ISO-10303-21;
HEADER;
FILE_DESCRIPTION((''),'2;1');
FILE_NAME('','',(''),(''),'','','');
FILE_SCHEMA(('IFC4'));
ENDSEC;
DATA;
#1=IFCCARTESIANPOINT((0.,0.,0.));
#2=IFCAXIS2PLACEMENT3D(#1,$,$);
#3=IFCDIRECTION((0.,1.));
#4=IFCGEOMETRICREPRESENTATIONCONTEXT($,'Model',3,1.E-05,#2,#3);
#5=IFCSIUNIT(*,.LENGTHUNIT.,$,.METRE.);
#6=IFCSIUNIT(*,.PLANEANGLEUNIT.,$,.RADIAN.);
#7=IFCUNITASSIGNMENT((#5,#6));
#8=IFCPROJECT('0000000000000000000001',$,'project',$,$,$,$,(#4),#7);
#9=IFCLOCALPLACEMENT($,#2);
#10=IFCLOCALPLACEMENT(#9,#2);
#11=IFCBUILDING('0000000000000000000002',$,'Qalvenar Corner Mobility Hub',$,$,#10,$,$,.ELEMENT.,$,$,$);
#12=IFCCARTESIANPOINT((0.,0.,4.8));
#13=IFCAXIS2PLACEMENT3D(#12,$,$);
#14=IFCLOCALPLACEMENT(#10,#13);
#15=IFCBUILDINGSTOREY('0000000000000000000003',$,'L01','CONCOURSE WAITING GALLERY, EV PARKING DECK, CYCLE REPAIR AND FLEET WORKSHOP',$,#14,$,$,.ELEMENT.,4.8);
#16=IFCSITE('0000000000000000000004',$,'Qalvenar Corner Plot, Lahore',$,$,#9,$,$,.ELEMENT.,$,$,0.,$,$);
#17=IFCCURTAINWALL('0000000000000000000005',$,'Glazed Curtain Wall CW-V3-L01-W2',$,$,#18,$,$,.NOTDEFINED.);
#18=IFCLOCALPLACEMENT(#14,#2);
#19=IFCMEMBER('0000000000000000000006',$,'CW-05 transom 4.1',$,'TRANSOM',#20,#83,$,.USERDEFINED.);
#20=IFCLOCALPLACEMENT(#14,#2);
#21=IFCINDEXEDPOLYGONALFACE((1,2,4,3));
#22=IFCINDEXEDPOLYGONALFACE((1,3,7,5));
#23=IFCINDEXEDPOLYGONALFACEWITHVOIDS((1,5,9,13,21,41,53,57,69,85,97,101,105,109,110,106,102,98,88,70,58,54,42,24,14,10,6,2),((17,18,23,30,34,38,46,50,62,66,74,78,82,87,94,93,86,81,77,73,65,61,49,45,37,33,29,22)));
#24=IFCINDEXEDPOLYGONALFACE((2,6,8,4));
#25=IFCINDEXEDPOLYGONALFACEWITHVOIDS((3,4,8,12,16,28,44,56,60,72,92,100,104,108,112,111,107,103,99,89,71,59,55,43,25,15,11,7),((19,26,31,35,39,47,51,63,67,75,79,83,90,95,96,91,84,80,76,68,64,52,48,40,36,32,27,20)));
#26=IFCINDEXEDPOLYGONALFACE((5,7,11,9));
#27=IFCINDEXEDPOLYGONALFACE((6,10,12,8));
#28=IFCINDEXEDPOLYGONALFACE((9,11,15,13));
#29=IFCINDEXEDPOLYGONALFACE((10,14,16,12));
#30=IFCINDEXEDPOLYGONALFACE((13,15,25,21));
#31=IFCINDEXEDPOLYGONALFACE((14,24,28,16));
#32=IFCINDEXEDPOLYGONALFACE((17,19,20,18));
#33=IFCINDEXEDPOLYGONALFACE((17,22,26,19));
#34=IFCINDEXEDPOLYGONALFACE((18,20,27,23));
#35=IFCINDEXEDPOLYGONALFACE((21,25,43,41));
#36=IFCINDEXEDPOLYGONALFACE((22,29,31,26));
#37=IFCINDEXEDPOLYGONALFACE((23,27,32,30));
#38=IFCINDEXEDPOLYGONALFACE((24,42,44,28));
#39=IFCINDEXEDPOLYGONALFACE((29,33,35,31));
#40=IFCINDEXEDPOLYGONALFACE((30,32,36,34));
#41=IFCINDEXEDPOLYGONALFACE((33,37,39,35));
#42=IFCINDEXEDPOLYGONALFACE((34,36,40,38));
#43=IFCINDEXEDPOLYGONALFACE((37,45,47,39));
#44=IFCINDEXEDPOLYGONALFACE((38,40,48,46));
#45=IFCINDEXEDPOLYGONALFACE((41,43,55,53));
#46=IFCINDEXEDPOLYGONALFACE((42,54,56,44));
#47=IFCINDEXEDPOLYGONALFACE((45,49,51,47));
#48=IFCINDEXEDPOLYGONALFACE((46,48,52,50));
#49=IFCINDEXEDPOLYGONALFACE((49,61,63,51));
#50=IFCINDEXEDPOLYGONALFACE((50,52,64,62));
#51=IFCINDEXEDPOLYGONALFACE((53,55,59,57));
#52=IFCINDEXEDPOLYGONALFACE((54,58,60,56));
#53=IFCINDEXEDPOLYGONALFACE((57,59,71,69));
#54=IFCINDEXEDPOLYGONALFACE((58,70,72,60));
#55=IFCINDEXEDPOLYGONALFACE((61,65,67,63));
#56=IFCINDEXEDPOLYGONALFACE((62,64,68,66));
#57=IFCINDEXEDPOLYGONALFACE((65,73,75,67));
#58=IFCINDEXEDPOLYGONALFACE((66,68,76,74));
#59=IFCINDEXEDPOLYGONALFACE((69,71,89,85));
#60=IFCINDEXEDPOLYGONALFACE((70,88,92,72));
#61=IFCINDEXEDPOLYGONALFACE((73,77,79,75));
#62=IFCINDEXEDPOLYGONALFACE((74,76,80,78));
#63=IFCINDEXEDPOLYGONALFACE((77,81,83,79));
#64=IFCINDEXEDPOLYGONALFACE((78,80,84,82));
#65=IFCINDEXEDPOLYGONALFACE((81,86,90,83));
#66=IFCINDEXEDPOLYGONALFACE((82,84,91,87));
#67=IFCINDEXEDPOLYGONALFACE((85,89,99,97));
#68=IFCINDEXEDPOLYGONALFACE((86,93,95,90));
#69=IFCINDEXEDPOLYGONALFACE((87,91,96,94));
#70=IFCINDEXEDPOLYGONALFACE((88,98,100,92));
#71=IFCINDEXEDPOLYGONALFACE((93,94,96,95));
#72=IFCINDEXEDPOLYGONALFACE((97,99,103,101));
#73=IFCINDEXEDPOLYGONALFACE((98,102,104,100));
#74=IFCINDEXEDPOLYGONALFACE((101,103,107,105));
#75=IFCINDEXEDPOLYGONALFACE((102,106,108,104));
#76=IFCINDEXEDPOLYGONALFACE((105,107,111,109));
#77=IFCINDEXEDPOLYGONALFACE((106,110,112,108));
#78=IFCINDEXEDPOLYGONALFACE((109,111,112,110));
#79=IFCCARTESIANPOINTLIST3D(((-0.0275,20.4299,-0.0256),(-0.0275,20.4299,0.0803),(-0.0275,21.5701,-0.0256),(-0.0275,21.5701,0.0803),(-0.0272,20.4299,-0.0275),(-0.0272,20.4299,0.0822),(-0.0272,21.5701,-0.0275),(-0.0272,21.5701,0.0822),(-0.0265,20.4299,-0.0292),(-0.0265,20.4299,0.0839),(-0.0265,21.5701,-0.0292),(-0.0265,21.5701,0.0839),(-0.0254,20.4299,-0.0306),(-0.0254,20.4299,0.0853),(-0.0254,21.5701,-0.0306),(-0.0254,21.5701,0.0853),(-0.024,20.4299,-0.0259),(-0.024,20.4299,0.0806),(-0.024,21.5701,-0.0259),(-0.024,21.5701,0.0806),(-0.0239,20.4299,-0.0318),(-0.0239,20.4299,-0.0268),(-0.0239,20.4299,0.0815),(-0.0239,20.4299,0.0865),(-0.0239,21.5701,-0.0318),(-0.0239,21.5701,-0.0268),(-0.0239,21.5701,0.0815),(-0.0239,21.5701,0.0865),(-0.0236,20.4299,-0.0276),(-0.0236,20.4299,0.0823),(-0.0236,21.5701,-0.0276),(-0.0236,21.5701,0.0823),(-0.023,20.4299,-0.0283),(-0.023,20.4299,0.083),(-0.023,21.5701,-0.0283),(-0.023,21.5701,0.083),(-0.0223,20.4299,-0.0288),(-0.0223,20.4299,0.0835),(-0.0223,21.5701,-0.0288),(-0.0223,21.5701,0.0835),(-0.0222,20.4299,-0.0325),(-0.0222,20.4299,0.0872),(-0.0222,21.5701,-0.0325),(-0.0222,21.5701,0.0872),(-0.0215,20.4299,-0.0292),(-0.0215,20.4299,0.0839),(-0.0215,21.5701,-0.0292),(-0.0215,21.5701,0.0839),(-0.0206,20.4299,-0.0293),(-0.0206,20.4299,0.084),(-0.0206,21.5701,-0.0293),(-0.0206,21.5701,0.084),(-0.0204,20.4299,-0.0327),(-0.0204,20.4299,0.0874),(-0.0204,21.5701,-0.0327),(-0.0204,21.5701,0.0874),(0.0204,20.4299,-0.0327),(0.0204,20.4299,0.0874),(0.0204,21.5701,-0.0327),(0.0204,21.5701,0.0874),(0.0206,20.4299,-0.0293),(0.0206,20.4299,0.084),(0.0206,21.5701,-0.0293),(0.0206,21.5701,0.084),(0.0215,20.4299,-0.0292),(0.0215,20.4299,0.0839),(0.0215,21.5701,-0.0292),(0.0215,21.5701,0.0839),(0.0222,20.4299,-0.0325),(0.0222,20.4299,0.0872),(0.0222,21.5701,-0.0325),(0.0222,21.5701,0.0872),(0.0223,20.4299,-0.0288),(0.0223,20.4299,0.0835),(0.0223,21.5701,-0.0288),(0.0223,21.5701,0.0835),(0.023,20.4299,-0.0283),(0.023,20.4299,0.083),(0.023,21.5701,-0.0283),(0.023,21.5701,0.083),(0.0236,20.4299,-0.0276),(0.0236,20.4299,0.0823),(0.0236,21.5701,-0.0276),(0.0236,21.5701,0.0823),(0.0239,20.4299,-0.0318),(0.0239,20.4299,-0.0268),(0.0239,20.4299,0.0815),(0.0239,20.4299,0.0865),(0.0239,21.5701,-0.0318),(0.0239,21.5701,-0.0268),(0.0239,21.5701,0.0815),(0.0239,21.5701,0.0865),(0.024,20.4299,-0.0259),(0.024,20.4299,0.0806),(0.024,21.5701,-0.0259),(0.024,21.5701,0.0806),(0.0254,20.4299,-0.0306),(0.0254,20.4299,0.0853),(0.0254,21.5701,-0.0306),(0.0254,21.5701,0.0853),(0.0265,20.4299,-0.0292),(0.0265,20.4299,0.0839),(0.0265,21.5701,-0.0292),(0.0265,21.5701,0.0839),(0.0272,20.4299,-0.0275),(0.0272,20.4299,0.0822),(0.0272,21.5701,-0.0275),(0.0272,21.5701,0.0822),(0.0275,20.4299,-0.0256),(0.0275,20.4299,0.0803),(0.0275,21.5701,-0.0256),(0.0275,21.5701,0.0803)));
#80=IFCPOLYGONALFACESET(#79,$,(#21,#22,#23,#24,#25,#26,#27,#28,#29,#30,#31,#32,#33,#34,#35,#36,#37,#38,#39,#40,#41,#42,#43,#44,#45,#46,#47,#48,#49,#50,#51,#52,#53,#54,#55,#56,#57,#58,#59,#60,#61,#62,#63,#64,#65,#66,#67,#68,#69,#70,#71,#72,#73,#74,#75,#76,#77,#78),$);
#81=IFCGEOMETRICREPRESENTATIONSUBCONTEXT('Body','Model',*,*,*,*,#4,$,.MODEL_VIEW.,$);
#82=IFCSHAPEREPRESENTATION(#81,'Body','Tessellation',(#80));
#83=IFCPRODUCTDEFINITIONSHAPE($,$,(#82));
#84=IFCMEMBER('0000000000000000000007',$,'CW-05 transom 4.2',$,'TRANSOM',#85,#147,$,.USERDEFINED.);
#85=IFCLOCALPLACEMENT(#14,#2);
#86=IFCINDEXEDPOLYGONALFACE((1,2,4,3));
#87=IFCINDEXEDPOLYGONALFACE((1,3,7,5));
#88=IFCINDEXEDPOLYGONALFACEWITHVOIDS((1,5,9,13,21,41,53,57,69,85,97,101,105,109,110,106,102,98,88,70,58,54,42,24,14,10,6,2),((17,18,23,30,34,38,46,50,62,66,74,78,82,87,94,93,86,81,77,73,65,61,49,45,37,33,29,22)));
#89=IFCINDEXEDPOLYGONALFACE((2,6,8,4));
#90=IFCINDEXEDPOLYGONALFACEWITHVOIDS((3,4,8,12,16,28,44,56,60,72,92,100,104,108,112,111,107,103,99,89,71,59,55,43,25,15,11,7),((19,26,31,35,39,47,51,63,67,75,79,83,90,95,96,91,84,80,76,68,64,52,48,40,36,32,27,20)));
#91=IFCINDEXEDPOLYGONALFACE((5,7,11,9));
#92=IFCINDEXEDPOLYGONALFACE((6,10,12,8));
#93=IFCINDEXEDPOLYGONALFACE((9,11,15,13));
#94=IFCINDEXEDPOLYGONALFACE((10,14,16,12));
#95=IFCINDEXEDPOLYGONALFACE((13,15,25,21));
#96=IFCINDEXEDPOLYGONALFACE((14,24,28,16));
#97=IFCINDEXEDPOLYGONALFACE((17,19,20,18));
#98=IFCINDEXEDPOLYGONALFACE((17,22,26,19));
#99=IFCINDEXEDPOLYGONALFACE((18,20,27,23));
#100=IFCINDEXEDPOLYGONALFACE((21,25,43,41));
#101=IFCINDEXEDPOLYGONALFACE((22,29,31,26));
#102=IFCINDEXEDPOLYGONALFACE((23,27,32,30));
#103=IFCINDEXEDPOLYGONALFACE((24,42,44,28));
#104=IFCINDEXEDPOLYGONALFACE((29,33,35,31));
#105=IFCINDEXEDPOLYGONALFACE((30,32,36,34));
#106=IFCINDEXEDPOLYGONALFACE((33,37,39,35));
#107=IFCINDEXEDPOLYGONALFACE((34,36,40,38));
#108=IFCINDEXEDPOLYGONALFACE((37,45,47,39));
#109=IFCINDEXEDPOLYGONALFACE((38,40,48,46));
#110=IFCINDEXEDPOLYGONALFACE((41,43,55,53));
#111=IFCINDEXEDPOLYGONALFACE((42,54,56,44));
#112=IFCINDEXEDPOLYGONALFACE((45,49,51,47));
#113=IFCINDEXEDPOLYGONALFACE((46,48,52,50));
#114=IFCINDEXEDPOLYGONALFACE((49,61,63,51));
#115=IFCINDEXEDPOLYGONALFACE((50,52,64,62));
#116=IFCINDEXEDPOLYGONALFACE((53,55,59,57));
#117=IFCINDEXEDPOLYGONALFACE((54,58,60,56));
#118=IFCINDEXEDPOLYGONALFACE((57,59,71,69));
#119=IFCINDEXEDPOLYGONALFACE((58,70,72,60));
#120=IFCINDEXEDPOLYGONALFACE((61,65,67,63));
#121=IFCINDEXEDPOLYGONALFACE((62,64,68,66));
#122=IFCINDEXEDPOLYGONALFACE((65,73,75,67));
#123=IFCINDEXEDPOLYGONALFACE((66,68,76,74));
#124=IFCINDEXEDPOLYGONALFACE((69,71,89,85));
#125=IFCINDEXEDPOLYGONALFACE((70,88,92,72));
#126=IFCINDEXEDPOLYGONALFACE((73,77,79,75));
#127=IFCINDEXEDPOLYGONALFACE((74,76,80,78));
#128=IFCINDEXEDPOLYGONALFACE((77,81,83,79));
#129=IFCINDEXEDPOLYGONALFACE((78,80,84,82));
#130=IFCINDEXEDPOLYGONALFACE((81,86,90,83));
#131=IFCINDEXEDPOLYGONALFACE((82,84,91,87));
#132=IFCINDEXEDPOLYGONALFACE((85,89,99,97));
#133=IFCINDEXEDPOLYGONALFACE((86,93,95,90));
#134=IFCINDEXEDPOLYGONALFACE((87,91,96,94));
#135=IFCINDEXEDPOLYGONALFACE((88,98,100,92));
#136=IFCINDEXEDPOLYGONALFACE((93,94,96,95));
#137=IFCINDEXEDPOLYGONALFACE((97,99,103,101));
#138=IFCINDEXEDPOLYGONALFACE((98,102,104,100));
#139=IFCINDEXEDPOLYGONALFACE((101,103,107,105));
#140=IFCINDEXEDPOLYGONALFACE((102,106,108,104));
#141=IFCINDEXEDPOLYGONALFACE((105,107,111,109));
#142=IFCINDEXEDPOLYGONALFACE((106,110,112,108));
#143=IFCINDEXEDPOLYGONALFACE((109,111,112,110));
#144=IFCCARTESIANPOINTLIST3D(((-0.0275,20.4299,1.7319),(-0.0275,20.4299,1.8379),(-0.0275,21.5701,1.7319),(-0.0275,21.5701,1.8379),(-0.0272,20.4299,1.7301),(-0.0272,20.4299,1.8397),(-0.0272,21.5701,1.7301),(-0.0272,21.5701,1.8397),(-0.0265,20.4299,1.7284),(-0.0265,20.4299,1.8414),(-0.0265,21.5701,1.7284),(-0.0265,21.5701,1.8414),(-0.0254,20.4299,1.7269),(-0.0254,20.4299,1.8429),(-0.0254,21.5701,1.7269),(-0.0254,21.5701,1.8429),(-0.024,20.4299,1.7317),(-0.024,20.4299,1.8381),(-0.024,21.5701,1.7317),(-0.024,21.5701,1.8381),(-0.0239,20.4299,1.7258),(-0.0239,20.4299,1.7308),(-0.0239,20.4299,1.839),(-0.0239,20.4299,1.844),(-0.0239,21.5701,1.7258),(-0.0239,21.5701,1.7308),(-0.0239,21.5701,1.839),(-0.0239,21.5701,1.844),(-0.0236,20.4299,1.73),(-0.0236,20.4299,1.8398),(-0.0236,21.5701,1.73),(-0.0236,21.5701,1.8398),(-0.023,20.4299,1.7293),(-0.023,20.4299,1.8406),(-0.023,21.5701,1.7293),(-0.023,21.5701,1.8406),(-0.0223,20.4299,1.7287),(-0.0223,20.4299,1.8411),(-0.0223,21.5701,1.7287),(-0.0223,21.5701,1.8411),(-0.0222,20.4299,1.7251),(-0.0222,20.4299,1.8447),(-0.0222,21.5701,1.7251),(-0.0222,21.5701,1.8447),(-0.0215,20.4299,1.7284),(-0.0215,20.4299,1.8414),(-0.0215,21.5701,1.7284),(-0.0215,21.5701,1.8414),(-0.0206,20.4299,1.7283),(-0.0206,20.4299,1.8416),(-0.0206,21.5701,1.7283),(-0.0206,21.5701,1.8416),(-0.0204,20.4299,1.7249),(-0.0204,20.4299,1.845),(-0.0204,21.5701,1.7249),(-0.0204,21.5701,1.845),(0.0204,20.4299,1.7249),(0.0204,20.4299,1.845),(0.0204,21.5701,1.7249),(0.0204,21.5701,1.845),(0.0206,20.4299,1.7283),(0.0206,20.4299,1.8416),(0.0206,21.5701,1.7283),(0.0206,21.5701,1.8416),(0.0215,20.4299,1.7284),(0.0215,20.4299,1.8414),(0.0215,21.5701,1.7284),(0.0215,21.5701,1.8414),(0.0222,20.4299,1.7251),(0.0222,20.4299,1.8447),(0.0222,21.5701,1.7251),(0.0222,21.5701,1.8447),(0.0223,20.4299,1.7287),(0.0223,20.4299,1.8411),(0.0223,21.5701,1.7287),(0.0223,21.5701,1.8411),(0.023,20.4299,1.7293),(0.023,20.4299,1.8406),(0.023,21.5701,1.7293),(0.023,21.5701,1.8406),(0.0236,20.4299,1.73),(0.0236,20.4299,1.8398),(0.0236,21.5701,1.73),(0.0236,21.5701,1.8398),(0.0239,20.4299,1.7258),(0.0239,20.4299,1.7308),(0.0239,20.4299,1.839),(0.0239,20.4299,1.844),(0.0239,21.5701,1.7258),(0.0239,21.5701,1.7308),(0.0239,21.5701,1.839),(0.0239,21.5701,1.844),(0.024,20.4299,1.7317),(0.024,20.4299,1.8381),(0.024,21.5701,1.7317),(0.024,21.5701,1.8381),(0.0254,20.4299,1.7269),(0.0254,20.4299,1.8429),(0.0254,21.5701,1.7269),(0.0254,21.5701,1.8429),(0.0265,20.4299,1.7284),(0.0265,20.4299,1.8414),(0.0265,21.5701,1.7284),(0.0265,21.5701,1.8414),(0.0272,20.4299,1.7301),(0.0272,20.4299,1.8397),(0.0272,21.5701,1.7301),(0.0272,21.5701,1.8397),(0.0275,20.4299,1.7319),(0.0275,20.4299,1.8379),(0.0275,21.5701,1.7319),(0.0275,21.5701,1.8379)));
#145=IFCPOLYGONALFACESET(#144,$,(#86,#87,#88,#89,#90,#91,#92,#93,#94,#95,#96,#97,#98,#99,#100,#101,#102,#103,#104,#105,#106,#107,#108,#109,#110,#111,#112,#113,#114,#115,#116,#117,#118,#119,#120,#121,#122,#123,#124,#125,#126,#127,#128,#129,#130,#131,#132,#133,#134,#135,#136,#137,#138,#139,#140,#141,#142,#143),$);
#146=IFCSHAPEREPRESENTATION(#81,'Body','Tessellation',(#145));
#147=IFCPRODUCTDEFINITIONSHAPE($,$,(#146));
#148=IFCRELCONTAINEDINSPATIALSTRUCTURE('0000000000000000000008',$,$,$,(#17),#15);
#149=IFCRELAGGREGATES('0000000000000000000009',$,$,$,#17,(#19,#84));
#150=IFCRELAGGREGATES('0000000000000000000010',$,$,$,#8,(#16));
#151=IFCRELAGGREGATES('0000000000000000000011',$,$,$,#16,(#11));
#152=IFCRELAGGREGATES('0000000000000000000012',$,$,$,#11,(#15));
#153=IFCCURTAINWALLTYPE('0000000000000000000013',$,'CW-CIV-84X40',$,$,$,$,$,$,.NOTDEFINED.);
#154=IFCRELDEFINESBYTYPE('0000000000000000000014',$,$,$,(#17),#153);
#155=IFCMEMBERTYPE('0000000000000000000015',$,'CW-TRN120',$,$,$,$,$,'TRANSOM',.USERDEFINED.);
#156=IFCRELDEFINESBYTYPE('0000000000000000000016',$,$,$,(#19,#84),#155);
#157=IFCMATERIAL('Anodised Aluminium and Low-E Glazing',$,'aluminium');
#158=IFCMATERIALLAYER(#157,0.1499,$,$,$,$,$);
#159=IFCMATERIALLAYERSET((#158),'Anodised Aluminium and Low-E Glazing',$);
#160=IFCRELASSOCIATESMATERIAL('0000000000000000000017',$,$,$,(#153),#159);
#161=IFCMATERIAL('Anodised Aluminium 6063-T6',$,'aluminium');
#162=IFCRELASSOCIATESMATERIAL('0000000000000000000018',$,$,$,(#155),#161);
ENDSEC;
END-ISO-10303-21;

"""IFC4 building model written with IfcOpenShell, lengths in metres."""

from ifc_helpers import new_model, si_unit, direction, frame, origin, origin_2d, place, context, subcontext, project, spatial, hollow_rectangle, extrude, material, layer, layer_set, material_profile, profile_set, type_object, element, aggregate, save


model = new_model("IFC4")

# Units and contexts
model_context = context("Model", 3, precision=1e-05, world=origin(), true_north=direction((0.0, 1.0)))
body_context = subcontext(model_context, "Body", "Model", "MODEL_VIEW")
ifc_project = project(units=[si_unit("LENGTHUNIT", "METRE"), si_unit("PLANEANGLEUNIT", "RADIAN")], contexts=[model_context])

# Site, building, storey
site_placement = place(None, origin())
site = spatial("IfcSite", under=ifc_project, at=site_placement, Name="Qalvenar Corner Plot, Lahore", CompositionType="ELEMENT", RefElevation=0.0)
building_placement = place(site_placement, origin())
building = spatial("IfcBuilding", under=site, at=building_placement, Name="Qalvenar Corner Mobility Hub", CompositionType="ELEMENT")
storey_placement = place(building_placement, frame((0.0, 0.0, 4.8)))
storey = spatial("IfcBuildingStorey", under=building, at=storey_placement, Name="L01", Description="CONCOURSE WAITING GALLERY, EV PARKING DECK, CYCLE REPAIR AND FLEET WORKSHOP", CompositionType="ELEMENT", Elevation=4.8)

# Curtain wall, members
ifc_material_1 = material(Name="Anodised Aluminium and Low-E Glazing", Category="aluminium")
ifc_layer_1 = layer(ifc_material_1, 0.1499)
ifc_layer_set_1 = layer_set([ifc_layer_1], Name="Anodised Aluminium and Low-E Glazing")
curtain_wall_type = type_object("IfcCurtainWallType", Name="CW-CIV-84X40", PredefinedType="NOTDEFINED", material=ifc_layer_set_1)
curtain_wall_placement = place(storey_placement, origin())
curtain_wall = element("IfcCurtainWall", 1, at=curtain_wall_placement, inside=storey, type_object=curtain_wall_type, Name="Glazed Curtain Wall CW-V3-L01-W2", PredefinedType="NOTDEFINED")
ifc_material_2 = material(Name="Anodised Aluminium 6063-T6", Category="aluminium")
ifc_material_profile_1 = material_profile(ifc_material_2, hollow_rectangle(XDim=0.0549, YDim=0.1201, WallThickness=0.0034, InnerFilletRadius=0.0034, OuterFilletRadius=0.0071, at=origin_2d()), Name="RHS120x55x3.5")
ifc_profile_set_1 = profile_set([ifc_material_profile_1], Name="Anodised Aluminium 6063-T6")
member_type_1 = type_object("IfcMemberType", Name="CW-TRN120", ElementType="TRANSOM", PredefinedType="USERDEFINED", material=ifc_profile_set_1)
member_1_placement = place(storey_placement, frame((0.0, 21.5701, 0.0273), z_axis=(0.0, -1.0, 0.0), x_axis=(1.0, 0.0, 0.0)))
member_1 = element("IfcMember", 2, at=member_1_placement, type_object=member_type_1, Name="CW-05 transom 4.1", ObjectType="TRANSOM", PredefinedType="USERDEFINED", context=body_context, shape_type="SweptSolid", body=[
    extrude(hollow_rectangle(XDim=0.0549, YDim=0.1201, WallThickness=0.0034, InnerFilletRadius=0.0034, OuterFilletRadius=0.0071, at=origin_2d()), origin(), (0.0, 0.0, 1.0), 1.1401),
])
member_2_placement = place(storey_placement, frame((0.0, 21.5701, 1.7849), z_axis=(0.0, -1.0, 0.0), x_axis=(1.0, 0.0, 0.0)))
member_2 = element("IfcMember", 3, at=member_2_placement, type_object=member_type_1, Name="CW-05 transom 4.2", ObjectType="TRANSOM", PredefinedType="USERDEFINED", context=body_context, shape_type="SweptSolid", body=[
    extrude(hollow_rectangle(XDim=0.0549, YDim=0.1201, WallThickness=0.0034, InnerFilletRadius=0.0034, OuterFilletRadius=0.0071, at=origin_2d()), origin(), (0.0, 0.0, 1.0), 1.1401),
])
aggregate(curtain_wall, [member_1, member_2])

save(model, "model.ifc")
